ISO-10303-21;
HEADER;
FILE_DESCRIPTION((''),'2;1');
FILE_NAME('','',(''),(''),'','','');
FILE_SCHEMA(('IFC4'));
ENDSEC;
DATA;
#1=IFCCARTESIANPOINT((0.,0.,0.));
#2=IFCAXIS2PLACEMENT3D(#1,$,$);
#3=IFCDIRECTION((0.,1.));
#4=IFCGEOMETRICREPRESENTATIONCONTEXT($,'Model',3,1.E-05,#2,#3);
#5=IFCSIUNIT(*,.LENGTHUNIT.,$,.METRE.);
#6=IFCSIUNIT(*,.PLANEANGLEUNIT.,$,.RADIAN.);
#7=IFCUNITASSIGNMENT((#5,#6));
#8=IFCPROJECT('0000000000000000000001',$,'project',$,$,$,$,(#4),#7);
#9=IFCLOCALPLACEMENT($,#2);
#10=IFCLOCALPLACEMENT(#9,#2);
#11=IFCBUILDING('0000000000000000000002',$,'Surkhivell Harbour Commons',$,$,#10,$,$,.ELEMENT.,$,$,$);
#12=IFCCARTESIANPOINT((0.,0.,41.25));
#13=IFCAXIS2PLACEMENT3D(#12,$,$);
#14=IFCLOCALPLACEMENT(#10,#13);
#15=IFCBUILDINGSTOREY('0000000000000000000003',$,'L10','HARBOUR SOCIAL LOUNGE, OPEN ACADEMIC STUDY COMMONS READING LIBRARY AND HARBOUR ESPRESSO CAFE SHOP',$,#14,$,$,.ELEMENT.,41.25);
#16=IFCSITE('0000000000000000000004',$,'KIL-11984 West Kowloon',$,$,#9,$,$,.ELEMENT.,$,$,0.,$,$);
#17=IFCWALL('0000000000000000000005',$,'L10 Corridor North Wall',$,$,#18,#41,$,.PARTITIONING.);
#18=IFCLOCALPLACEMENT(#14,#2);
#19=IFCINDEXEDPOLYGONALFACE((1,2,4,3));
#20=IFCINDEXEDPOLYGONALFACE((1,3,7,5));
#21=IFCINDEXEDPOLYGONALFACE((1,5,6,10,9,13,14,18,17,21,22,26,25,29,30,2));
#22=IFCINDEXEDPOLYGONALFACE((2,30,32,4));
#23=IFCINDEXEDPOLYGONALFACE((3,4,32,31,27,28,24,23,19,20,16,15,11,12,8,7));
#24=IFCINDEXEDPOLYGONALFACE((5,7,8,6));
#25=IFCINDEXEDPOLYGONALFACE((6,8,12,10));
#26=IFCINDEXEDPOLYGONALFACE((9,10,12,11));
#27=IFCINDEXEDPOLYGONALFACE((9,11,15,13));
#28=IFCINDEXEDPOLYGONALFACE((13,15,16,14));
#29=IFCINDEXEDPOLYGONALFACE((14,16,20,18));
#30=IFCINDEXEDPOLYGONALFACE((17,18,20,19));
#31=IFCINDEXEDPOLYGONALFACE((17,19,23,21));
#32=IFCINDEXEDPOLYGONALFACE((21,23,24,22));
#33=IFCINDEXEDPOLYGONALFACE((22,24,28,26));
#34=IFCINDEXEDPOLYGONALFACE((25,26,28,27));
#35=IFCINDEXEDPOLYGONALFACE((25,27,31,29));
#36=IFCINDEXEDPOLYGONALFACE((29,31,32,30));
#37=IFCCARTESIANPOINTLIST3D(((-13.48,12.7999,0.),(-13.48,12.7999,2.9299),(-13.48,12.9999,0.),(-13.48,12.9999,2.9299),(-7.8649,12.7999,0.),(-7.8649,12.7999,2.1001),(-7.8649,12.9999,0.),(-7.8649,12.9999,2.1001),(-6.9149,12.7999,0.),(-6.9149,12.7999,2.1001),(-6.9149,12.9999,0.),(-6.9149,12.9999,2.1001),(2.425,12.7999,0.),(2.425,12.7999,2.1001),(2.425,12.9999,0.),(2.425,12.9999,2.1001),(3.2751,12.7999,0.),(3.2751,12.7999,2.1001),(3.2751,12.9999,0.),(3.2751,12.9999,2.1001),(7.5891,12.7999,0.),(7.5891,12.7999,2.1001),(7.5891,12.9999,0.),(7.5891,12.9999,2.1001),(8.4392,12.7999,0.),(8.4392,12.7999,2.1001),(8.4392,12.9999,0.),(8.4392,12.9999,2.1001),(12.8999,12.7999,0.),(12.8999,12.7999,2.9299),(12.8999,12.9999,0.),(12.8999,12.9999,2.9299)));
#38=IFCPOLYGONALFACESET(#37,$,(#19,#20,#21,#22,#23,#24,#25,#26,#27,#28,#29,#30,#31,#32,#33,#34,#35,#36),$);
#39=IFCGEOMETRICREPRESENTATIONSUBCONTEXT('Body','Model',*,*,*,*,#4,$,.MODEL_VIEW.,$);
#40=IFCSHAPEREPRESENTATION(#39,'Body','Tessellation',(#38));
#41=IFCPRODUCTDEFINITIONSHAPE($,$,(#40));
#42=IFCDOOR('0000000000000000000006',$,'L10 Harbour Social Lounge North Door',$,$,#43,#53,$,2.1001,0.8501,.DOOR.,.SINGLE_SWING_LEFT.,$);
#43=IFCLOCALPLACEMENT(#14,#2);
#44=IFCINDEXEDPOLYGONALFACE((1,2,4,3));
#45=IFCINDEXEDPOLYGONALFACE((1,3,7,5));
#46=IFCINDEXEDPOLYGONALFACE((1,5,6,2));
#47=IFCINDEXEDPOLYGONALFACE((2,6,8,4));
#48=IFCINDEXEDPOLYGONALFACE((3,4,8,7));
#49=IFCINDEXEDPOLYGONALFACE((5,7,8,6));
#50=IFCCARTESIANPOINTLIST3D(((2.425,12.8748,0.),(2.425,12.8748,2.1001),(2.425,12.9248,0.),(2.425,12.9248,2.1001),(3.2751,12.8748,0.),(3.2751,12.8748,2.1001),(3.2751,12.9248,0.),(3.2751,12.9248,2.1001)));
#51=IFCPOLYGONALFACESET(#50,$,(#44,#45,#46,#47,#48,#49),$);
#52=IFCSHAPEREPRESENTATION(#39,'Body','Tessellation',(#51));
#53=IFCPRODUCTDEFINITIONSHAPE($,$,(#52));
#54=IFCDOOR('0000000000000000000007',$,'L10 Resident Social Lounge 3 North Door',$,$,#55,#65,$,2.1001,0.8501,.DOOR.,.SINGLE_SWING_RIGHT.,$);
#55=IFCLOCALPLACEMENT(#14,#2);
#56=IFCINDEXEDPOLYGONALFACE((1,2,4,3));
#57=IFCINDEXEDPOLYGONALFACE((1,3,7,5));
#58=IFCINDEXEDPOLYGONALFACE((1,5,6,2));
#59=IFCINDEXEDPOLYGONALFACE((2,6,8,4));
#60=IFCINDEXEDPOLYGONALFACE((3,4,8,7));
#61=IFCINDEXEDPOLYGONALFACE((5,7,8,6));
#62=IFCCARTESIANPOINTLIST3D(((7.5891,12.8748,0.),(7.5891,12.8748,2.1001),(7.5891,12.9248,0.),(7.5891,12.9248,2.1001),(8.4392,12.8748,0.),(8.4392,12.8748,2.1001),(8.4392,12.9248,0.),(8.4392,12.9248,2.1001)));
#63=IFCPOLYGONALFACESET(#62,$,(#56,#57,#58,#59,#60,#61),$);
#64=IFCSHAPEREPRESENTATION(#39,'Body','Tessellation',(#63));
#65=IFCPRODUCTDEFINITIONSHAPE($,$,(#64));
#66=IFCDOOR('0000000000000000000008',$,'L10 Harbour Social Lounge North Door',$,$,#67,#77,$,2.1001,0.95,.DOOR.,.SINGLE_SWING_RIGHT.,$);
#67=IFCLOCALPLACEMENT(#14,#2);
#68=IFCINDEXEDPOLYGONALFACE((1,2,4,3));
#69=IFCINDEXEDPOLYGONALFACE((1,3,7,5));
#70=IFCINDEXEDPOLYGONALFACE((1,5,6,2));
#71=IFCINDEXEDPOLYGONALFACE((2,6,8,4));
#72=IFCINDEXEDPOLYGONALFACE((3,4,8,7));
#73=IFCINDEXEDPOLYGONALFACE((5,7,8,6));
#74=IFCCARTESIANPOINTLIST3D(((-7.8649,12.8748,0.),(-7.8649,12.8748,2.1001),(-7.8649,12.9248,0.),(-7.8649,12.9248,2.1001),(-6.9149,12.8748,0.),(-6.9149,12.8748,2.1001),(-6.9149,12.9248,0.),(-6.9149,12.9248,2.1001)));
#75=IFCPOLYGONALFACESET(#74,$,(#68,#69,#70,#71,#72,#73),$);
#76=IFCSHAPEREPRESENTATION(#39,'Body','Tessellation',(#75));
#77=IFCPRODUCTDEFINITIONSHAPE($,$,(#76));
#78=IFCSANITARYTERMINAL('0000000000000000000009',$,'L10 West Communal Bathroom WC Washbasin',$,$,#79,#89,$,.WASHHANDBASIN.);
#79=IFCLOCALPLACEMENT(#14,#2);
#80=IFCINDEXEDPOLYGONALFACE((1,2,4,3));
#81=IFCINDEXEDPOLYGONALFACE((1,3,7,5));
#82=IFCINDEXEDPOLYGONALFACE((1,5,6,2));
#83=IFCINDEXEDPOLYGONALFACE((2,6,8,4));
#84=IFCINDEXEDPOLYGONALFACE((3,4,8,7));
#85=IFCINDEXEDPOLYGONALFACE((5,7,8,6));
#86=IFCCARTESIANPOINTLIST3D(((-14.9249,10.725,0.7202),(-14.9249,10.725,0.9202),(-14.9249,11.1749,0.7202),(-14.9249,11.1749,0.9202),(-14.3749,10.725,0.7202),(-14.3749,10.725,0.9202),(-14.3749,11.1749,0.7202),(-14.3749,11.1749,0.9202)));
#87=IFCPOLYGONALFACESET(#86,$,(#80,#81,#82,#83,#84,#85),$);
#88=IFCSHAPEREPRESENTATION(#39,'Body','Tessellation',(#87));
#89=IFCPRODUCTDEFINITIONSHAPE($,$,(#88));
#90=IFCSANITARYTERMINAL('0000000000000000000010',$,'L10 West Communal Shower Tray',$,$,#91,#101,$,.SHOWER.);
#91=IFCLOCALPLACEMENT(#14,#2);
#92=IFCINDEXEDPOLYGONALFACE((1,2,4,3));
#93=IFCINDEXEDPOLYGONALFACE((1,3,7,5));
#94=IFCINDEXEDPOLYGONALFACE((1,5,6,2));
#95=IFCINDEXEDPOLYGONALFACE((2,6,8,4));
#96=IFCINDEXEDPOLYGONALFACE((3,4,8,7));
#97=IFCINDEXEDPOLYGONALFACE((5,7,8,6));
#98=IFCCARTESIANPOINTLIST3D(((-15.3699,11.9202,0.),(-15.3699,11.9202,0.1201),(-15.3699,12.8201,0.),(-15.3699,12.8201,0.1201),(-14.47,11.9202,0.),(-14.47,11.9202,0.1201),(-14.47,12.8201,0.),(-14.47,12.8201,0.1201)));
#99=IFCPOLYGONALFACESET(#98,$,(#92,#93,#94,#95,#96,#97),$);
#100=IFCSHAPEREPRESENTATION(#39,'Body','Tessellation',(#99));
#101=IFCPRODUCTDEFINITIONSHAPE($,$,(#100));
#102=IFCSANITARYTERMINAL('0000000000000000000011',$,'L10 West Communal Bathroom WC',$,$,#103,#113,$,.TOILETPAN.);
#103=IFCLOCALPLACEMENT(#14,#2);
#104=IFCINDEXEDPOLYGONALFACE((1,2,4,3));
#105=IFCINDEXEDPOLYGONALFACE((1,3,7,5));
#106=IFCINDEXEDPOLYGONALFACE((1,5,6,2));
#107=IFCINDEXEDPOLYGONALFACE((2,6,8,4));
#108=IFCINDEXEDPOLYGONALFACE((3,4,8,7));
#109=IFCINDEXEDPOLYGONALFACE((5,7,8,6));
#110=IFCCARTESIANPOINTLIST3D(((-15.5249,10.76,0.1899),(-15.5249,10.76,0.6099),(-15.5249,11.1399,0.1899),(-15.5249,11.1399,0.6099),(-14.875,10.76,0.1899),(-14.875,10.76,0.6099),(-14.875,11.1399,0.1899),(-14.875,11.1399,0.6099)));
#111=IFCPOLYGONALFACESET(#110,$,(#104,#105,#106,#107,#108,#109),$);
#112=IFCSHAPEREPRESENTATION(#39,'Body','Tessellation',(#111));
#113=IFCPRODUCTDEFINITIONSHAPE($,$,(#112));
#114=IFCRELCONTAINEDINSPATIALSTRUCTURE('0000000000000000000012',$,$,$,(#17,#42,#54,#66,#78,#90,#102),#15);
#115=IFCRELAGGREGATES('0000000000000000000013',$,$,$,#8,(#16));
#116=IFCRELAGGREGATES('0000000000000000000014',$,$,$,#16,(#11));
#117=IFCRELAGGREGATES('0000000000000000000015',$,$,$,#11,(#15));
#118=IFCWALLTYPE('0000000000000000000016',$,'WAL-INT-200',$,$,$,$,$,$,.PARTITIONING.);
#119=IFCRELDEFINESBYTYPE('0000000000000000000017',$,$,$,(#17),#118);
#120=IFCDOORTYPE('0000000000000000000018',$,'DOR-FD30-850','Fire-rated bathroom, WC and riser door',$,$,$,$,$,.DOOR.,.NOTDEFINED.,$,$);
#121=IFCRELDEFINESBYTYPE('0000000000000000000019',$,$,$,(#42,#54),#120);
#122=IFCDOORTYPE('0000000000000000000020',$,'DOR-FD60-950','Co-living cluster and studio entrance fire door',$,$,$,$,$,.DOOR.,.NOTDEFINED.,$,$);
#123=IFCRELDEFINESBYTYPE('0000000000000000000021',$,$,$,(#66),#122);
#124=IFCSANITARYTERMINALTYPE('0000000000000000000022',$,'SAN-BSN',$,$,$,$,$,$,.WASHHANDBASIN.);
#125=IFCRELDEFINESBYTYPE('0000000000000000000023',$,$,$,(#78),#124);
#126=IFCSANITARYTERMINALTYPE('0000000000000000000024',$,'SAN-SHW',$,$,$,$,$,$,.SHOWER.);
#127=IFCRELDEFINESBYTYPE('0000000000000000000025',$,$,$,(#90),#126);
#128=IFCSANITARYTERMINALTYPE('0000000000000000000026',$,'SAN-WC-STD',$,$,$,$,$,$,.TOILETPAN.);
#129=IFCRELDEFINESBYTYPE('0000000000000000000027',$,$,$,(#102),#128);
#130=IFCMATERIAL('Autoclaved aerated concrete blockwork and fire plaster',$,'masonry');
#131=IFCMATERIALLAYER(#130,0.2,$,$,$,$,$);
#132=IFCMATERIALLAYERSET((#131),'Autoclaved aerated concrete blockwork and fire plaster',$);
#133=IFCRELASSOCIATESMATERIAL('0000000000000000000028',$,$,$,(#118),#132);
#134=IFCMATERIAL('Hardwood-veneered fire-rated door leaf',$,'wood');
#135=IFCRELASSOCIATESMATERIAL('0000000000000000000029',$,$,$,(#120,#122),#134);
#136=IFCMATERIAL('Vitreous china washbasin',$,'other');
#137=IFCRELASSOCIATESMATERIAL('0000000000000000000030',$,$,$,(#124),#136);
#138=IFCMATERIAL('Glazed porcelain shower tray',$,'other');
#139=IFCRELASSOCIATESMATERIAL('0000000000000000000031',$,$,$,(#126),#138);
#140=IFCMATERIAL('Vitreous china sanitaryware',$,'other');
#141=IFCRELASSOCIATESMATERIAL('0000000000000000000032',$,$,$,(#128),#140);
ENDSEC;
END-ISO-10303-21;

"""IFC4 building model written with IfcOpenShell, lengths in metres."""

from ifc_helpers import new_model, si_unit, direction, frame, frame_2d, origin, origin_2d, place, context, subcontext, project, spatial, rectangle, extrude, material, layer, layer_set, type_object, element, fill, save


model = new_model("IFC4")

# Units and contexts
model_context = context("Model", 3, precision=1e-05, world=origin(), true_north=direction((0.0, 1.0)))
body_context = subcontext(model_context, "Body", "Model", "MODEL_VIEW")
ifc_project = project(units=[si_unit("LENGTHUNIT", "METRE"), si_unit("PLANEANGLEUNIT", "RADIAN")], contexts=[model_context])

# Site, building, storey
site_placement = place(None, origin())
site = spatial("IfcSite", under=ifc_project, at=site_placement, Name="KIL-11984 West Kowloon", CompositionType="ELEMENT", RefElevation=0.0)
building_placement = place(site_placement, origin())
building = spatial("IfcBuilding", under=site, at=building_placement, Name="Surkhivell Harbour Commons", CompositionType="ELEMENT")
storey_placement = place(building_placement, frame((0.0, 0.0, 41.25)))
storey = spatial("IfcBuildingStorey", under=building, at=storey_placement, Name="L10", Description="HARBOUR SOCIAL LOUNGE, OPEN ACADEMIC STUDY COMMONS READING LIBRARY AND HARBOUR ESPRESSO CAFE SHOP", CompositionType="ELEMENT", Elevation=41.25)

# Shared definitions
ifc_material_1 = material(Name="Hardwood-veneered fire-rated door leaf", Category="wood")

# Shared definitions
ifc_material_2 = material(Name="Autoclaved aerated concrete blockwork and fire plaster", Category="masonry")
ifc_layer_1 = layer(ifc_material_2, 0.2)
ifc_layer_set_1 = layer_set([ifc_layer_1], Name="Autoclaved aerated concrete blockwork and fire plaster")
wall_type_1 = type_object("IfcWallType", Name="WAL-INT-200", PredefinedType="PARTITIONING", material=ifc_layer_set_1)

# Wall, openings, doors
wall_1_placement = place(storey_placement, frame((-13.48, 12.8999, 0.0), z_axis=(0.0, 0.0, 1.0), x_axis=(1.0, 0.0, 0.0)))
wall_1 = element("IfcWall", 1, at=wall_1_placement, inside=storey, type_object=wall_type_1, Name="L10 Corridor North Wall", PredefinedType="PARTITIONING", context=body_context, shape_type="SweptSolid", body=[
    extrude(rectangle(XDim=26.3799, YDim=0.2, at=frame_2d((13.1899, 0.0))), origin(), (0.0, 0.0, 1.0), 2.9299),
])
opening_1_placement = place(wall_1_placement, frame((5.615, 0.0, 0.0)))
opening_1 = element("IfcOpeningElement", 2, at=opening_1_placement, cuts=wall_1, PredefinedType="OPENING", context=body_context, shape_type="SweptSolid", body=[
    extrude(rectangle(XDim=0.95, YDim=2.1001, at=frame_2d((0.4751, 1.05))), frame((0.0, 0.1099, 0.0), z_axis=(0.0, -1.0, 0.0), x_axis=(1.0, 0.0, 0.0)), (0.0, 0.0, 1.0), 0.22),
])
opening_2_placement = place(wall_1_placement, frame((15.905, 0.0, 0.0)))
opening_2 = element("IfcOpeningElement", 3, at=opening_2_placement, cuts=wall_1, PredefinedType="OPENING", context=body_context, shape_type="SweptSolid", body=[
    extrude(rectangle(XDim=0.8501, YDim=2.1001, at=frame_2d((0.425, 1.05))), frame((0.0, 0.1099, 0.0), z_axis=(0.0, -1.0, 0.0), x_axis=(1.0, 0.0, 0.0)), (0.0, 0.0, 1.0), 0.22),
])
opening_3_placement = place(wall_1_placement, frame((21.0691, 0.0, 0.0)))
opening_3 = element("IfcOpeningElement", 4, at=opening_3_placement, cuts=wall_1, PredefinedType="OPENING", context=body_context, shape_type="SweptSolid", body=[
    extrude(rectangle(XDim=0.8501, YDim=2.1001, at=frame_2d((0.425, 1.05))), frame((0.0, 0.1099, 0.0), z_axis=(0.0, -1.0, 0.0), x_axis=(1.0, 0.0, 0.0)), (0.0, 0.0, 1.0), 0.22),
])
door_type_1 = type_object("IfcDoorType", Name="DOR-FD30-850", Description="Fire-rated bathroom, WC and riser door", OperationType="NOTDEFINED", PredefinedType="DOOR", material=ifc_material_1)
door_1_placement = place(opening_2_placement, origin())
door_1 = element("IfcDoor", 5, at=door_1_placement, inside=storey, type_object=door_type_1, Name="L10 Harbour Social Lounge North Door", OperationType="SINGLE_SWING_LEFT", OverallHeight=2.1001, OverallWidth=0.8501, PredefinedType="DOOR", context=body_context, shape_type="SweptSolid", body=[
    extrude(rectangle(XDim=0.8501, YDim=2.1001, at=frame_2d((0.425, 1.05))), frame((0.0, 0.0249, 0.0), z_axis=(0.0, -1.0, 0.0), x_axis=(1.0, 0.0, 0.0)), (0.0, 0.0, 1.0), 0.05),
])
fill(opening_2, door_1)
door_2_placement = place(opening_3_placement, origin())
door_2 = element("IfcDoor", 6, at=door_2_placement, inside=storey, type_object=door_type_1, Name="L10 Resident Social Lounge 3 North Door", OperationType="SINGLE_SWING_RIGHT", OverallHeight=2.1001, OverallWidth=0.8501, PredefinedType="DOOR", context=body_context, shape_type="SweptSolid", body=[
    extrude(rectangle(XDim=0.8501, YDim=2.1001, at=frame_2d((0.425, 1.05))), frame((0.0, 0.0249, 0.0), z_axis=(0.0, -1.0, 0.0), x_axis=(1.0, 0.0, 0.0)), (0.0, 0.0, 1.0), 0.05),
])
fill(opening_3, door_2)
door_type_2 = type_object("IfcDoorType", Name="DOR-FD60-950", Description="Co-living cluster and studio entrance fire door", OperationType="NOTDEFINED", PredefinedType="DOOR", material=ifc_material_1)
door_3_placement = place(opening_1_placement, origin())
door_3 = element("IfcDoor", 7, at=door_3_placement, inside=storey, type_object=door_type_2, Name="L10 Harbour Social Lounge North Door", OperationType="SINGLE_SWING_RIGHT", OverallHeight=2.1001, OverallWidth=0.95, PredefinedType="DOOR", context=body_context, shape_type="SweptSolid", body=[
    extrude(rectangle(XDim=0.95, YDim=2.1001, at=frame_2d((0.4751, 1.05))), frame((0.0, 0.0249, 0.0), z_axis=(0.0, -1.0, 0.0), x_axis=(1.0, 0.0, 0.0)), (0.0, 0.0, 1.0), 0.05),
])
fill(opening_1, door_3)

# Sanitary terminals
ifc_material_3 = material(Name="Vitreous china washbasin", Category="other")
sanitary_terminal_type_1 = type_object("IfcSanitaryTerminalType", Name="SAN-BSN", PredefinedType="WASHHANDBASIN", material=ifc_material_3)
sanitary_terminal_1_placement = place(storey_placement, frame((-14.6499, 10.95, 0.7202), z_axis=(0.0, 0.0, 1.0), x_axis=(1.0, 0.0, 0.0)))
element("IfcSanitaryTerminal", 8, at=sanitary_terminal_1_placement, inside=storey, type_object=sanitary_terminal_type_1, Name="L10 West Communal Bathroom WC Washbasin", PredefinedType="WASHHANDBASIN", context=body_context, shape_type="SweptSolid", body=[
    extrude(rectangle(XDim=0.55, YDim=0.45, at=origin_2d()), origin(), (0.0, 0.0, 1.0), 0.2),
])
ifc_material_4 = material(Name="Glazed porcelain shower tray", Category="other")
sanitary_terminal_type_2 = type_object("IfcSanitaryTerminalType", Name="SAN-SHW", PredefinedType="SHOWER", material=ifc_material_4)
sanitary_terminal_2_placement = place(storey_placement, frame((-14.9199, 12.3701, 0.0), z_axis=(0.0, 0.0, 1.0), x_axis=(1.0, 0.0, 0.0)))
element("IfcSanitaryTerminal", 9, at=sanitary_terminal_2_placement, inside=storey, type_object=sanitary_terminal_type_2, Name="L10 West Communal Shower Tray", PredefinedType="SHOWER", context=body_context, shape_type="SweptSolid", body=[
    extrude(rectangle(XDim=0.8999, YDim=0.8999, at=origin_2d()), origin(), (0.0, 0.0, 1.0), 0.1201),
])
ifc_material_5 = material(Name="Vitreous china sanitaryware", Category="other")
sanitary_terminal_type_3 = type_object("IfcSanitaryTerminalType", Name="SAN-WC-STD", PredefinedType="TOILETPAN", material=ifc_material_5)
sanitary_terminal_3_placement = place(storey_placement, frame((-15.2, 10.95, 0.1899), z_axis=(0.0, 0.0, 1.0), x_axis=(1.0, 0.0, 0.0)))
element("IfcSanitaryTerminal", 10, at=sanitary_terminal_3_placement, inside=storey, type_object=sanitary_terminal_type_3, Name="L10 West Communal Bathroom WC", PredefinedType="TOILETPAN", context=body_context, shape_type="SweptSolid", body=[
    extrude(rectangle(XDim=0.6499, YDim=0.3799, at=origin_2d()), origin(), (0.0, 0.0, 1.0), 0.4199),
])

save(model, "model.ifc")
